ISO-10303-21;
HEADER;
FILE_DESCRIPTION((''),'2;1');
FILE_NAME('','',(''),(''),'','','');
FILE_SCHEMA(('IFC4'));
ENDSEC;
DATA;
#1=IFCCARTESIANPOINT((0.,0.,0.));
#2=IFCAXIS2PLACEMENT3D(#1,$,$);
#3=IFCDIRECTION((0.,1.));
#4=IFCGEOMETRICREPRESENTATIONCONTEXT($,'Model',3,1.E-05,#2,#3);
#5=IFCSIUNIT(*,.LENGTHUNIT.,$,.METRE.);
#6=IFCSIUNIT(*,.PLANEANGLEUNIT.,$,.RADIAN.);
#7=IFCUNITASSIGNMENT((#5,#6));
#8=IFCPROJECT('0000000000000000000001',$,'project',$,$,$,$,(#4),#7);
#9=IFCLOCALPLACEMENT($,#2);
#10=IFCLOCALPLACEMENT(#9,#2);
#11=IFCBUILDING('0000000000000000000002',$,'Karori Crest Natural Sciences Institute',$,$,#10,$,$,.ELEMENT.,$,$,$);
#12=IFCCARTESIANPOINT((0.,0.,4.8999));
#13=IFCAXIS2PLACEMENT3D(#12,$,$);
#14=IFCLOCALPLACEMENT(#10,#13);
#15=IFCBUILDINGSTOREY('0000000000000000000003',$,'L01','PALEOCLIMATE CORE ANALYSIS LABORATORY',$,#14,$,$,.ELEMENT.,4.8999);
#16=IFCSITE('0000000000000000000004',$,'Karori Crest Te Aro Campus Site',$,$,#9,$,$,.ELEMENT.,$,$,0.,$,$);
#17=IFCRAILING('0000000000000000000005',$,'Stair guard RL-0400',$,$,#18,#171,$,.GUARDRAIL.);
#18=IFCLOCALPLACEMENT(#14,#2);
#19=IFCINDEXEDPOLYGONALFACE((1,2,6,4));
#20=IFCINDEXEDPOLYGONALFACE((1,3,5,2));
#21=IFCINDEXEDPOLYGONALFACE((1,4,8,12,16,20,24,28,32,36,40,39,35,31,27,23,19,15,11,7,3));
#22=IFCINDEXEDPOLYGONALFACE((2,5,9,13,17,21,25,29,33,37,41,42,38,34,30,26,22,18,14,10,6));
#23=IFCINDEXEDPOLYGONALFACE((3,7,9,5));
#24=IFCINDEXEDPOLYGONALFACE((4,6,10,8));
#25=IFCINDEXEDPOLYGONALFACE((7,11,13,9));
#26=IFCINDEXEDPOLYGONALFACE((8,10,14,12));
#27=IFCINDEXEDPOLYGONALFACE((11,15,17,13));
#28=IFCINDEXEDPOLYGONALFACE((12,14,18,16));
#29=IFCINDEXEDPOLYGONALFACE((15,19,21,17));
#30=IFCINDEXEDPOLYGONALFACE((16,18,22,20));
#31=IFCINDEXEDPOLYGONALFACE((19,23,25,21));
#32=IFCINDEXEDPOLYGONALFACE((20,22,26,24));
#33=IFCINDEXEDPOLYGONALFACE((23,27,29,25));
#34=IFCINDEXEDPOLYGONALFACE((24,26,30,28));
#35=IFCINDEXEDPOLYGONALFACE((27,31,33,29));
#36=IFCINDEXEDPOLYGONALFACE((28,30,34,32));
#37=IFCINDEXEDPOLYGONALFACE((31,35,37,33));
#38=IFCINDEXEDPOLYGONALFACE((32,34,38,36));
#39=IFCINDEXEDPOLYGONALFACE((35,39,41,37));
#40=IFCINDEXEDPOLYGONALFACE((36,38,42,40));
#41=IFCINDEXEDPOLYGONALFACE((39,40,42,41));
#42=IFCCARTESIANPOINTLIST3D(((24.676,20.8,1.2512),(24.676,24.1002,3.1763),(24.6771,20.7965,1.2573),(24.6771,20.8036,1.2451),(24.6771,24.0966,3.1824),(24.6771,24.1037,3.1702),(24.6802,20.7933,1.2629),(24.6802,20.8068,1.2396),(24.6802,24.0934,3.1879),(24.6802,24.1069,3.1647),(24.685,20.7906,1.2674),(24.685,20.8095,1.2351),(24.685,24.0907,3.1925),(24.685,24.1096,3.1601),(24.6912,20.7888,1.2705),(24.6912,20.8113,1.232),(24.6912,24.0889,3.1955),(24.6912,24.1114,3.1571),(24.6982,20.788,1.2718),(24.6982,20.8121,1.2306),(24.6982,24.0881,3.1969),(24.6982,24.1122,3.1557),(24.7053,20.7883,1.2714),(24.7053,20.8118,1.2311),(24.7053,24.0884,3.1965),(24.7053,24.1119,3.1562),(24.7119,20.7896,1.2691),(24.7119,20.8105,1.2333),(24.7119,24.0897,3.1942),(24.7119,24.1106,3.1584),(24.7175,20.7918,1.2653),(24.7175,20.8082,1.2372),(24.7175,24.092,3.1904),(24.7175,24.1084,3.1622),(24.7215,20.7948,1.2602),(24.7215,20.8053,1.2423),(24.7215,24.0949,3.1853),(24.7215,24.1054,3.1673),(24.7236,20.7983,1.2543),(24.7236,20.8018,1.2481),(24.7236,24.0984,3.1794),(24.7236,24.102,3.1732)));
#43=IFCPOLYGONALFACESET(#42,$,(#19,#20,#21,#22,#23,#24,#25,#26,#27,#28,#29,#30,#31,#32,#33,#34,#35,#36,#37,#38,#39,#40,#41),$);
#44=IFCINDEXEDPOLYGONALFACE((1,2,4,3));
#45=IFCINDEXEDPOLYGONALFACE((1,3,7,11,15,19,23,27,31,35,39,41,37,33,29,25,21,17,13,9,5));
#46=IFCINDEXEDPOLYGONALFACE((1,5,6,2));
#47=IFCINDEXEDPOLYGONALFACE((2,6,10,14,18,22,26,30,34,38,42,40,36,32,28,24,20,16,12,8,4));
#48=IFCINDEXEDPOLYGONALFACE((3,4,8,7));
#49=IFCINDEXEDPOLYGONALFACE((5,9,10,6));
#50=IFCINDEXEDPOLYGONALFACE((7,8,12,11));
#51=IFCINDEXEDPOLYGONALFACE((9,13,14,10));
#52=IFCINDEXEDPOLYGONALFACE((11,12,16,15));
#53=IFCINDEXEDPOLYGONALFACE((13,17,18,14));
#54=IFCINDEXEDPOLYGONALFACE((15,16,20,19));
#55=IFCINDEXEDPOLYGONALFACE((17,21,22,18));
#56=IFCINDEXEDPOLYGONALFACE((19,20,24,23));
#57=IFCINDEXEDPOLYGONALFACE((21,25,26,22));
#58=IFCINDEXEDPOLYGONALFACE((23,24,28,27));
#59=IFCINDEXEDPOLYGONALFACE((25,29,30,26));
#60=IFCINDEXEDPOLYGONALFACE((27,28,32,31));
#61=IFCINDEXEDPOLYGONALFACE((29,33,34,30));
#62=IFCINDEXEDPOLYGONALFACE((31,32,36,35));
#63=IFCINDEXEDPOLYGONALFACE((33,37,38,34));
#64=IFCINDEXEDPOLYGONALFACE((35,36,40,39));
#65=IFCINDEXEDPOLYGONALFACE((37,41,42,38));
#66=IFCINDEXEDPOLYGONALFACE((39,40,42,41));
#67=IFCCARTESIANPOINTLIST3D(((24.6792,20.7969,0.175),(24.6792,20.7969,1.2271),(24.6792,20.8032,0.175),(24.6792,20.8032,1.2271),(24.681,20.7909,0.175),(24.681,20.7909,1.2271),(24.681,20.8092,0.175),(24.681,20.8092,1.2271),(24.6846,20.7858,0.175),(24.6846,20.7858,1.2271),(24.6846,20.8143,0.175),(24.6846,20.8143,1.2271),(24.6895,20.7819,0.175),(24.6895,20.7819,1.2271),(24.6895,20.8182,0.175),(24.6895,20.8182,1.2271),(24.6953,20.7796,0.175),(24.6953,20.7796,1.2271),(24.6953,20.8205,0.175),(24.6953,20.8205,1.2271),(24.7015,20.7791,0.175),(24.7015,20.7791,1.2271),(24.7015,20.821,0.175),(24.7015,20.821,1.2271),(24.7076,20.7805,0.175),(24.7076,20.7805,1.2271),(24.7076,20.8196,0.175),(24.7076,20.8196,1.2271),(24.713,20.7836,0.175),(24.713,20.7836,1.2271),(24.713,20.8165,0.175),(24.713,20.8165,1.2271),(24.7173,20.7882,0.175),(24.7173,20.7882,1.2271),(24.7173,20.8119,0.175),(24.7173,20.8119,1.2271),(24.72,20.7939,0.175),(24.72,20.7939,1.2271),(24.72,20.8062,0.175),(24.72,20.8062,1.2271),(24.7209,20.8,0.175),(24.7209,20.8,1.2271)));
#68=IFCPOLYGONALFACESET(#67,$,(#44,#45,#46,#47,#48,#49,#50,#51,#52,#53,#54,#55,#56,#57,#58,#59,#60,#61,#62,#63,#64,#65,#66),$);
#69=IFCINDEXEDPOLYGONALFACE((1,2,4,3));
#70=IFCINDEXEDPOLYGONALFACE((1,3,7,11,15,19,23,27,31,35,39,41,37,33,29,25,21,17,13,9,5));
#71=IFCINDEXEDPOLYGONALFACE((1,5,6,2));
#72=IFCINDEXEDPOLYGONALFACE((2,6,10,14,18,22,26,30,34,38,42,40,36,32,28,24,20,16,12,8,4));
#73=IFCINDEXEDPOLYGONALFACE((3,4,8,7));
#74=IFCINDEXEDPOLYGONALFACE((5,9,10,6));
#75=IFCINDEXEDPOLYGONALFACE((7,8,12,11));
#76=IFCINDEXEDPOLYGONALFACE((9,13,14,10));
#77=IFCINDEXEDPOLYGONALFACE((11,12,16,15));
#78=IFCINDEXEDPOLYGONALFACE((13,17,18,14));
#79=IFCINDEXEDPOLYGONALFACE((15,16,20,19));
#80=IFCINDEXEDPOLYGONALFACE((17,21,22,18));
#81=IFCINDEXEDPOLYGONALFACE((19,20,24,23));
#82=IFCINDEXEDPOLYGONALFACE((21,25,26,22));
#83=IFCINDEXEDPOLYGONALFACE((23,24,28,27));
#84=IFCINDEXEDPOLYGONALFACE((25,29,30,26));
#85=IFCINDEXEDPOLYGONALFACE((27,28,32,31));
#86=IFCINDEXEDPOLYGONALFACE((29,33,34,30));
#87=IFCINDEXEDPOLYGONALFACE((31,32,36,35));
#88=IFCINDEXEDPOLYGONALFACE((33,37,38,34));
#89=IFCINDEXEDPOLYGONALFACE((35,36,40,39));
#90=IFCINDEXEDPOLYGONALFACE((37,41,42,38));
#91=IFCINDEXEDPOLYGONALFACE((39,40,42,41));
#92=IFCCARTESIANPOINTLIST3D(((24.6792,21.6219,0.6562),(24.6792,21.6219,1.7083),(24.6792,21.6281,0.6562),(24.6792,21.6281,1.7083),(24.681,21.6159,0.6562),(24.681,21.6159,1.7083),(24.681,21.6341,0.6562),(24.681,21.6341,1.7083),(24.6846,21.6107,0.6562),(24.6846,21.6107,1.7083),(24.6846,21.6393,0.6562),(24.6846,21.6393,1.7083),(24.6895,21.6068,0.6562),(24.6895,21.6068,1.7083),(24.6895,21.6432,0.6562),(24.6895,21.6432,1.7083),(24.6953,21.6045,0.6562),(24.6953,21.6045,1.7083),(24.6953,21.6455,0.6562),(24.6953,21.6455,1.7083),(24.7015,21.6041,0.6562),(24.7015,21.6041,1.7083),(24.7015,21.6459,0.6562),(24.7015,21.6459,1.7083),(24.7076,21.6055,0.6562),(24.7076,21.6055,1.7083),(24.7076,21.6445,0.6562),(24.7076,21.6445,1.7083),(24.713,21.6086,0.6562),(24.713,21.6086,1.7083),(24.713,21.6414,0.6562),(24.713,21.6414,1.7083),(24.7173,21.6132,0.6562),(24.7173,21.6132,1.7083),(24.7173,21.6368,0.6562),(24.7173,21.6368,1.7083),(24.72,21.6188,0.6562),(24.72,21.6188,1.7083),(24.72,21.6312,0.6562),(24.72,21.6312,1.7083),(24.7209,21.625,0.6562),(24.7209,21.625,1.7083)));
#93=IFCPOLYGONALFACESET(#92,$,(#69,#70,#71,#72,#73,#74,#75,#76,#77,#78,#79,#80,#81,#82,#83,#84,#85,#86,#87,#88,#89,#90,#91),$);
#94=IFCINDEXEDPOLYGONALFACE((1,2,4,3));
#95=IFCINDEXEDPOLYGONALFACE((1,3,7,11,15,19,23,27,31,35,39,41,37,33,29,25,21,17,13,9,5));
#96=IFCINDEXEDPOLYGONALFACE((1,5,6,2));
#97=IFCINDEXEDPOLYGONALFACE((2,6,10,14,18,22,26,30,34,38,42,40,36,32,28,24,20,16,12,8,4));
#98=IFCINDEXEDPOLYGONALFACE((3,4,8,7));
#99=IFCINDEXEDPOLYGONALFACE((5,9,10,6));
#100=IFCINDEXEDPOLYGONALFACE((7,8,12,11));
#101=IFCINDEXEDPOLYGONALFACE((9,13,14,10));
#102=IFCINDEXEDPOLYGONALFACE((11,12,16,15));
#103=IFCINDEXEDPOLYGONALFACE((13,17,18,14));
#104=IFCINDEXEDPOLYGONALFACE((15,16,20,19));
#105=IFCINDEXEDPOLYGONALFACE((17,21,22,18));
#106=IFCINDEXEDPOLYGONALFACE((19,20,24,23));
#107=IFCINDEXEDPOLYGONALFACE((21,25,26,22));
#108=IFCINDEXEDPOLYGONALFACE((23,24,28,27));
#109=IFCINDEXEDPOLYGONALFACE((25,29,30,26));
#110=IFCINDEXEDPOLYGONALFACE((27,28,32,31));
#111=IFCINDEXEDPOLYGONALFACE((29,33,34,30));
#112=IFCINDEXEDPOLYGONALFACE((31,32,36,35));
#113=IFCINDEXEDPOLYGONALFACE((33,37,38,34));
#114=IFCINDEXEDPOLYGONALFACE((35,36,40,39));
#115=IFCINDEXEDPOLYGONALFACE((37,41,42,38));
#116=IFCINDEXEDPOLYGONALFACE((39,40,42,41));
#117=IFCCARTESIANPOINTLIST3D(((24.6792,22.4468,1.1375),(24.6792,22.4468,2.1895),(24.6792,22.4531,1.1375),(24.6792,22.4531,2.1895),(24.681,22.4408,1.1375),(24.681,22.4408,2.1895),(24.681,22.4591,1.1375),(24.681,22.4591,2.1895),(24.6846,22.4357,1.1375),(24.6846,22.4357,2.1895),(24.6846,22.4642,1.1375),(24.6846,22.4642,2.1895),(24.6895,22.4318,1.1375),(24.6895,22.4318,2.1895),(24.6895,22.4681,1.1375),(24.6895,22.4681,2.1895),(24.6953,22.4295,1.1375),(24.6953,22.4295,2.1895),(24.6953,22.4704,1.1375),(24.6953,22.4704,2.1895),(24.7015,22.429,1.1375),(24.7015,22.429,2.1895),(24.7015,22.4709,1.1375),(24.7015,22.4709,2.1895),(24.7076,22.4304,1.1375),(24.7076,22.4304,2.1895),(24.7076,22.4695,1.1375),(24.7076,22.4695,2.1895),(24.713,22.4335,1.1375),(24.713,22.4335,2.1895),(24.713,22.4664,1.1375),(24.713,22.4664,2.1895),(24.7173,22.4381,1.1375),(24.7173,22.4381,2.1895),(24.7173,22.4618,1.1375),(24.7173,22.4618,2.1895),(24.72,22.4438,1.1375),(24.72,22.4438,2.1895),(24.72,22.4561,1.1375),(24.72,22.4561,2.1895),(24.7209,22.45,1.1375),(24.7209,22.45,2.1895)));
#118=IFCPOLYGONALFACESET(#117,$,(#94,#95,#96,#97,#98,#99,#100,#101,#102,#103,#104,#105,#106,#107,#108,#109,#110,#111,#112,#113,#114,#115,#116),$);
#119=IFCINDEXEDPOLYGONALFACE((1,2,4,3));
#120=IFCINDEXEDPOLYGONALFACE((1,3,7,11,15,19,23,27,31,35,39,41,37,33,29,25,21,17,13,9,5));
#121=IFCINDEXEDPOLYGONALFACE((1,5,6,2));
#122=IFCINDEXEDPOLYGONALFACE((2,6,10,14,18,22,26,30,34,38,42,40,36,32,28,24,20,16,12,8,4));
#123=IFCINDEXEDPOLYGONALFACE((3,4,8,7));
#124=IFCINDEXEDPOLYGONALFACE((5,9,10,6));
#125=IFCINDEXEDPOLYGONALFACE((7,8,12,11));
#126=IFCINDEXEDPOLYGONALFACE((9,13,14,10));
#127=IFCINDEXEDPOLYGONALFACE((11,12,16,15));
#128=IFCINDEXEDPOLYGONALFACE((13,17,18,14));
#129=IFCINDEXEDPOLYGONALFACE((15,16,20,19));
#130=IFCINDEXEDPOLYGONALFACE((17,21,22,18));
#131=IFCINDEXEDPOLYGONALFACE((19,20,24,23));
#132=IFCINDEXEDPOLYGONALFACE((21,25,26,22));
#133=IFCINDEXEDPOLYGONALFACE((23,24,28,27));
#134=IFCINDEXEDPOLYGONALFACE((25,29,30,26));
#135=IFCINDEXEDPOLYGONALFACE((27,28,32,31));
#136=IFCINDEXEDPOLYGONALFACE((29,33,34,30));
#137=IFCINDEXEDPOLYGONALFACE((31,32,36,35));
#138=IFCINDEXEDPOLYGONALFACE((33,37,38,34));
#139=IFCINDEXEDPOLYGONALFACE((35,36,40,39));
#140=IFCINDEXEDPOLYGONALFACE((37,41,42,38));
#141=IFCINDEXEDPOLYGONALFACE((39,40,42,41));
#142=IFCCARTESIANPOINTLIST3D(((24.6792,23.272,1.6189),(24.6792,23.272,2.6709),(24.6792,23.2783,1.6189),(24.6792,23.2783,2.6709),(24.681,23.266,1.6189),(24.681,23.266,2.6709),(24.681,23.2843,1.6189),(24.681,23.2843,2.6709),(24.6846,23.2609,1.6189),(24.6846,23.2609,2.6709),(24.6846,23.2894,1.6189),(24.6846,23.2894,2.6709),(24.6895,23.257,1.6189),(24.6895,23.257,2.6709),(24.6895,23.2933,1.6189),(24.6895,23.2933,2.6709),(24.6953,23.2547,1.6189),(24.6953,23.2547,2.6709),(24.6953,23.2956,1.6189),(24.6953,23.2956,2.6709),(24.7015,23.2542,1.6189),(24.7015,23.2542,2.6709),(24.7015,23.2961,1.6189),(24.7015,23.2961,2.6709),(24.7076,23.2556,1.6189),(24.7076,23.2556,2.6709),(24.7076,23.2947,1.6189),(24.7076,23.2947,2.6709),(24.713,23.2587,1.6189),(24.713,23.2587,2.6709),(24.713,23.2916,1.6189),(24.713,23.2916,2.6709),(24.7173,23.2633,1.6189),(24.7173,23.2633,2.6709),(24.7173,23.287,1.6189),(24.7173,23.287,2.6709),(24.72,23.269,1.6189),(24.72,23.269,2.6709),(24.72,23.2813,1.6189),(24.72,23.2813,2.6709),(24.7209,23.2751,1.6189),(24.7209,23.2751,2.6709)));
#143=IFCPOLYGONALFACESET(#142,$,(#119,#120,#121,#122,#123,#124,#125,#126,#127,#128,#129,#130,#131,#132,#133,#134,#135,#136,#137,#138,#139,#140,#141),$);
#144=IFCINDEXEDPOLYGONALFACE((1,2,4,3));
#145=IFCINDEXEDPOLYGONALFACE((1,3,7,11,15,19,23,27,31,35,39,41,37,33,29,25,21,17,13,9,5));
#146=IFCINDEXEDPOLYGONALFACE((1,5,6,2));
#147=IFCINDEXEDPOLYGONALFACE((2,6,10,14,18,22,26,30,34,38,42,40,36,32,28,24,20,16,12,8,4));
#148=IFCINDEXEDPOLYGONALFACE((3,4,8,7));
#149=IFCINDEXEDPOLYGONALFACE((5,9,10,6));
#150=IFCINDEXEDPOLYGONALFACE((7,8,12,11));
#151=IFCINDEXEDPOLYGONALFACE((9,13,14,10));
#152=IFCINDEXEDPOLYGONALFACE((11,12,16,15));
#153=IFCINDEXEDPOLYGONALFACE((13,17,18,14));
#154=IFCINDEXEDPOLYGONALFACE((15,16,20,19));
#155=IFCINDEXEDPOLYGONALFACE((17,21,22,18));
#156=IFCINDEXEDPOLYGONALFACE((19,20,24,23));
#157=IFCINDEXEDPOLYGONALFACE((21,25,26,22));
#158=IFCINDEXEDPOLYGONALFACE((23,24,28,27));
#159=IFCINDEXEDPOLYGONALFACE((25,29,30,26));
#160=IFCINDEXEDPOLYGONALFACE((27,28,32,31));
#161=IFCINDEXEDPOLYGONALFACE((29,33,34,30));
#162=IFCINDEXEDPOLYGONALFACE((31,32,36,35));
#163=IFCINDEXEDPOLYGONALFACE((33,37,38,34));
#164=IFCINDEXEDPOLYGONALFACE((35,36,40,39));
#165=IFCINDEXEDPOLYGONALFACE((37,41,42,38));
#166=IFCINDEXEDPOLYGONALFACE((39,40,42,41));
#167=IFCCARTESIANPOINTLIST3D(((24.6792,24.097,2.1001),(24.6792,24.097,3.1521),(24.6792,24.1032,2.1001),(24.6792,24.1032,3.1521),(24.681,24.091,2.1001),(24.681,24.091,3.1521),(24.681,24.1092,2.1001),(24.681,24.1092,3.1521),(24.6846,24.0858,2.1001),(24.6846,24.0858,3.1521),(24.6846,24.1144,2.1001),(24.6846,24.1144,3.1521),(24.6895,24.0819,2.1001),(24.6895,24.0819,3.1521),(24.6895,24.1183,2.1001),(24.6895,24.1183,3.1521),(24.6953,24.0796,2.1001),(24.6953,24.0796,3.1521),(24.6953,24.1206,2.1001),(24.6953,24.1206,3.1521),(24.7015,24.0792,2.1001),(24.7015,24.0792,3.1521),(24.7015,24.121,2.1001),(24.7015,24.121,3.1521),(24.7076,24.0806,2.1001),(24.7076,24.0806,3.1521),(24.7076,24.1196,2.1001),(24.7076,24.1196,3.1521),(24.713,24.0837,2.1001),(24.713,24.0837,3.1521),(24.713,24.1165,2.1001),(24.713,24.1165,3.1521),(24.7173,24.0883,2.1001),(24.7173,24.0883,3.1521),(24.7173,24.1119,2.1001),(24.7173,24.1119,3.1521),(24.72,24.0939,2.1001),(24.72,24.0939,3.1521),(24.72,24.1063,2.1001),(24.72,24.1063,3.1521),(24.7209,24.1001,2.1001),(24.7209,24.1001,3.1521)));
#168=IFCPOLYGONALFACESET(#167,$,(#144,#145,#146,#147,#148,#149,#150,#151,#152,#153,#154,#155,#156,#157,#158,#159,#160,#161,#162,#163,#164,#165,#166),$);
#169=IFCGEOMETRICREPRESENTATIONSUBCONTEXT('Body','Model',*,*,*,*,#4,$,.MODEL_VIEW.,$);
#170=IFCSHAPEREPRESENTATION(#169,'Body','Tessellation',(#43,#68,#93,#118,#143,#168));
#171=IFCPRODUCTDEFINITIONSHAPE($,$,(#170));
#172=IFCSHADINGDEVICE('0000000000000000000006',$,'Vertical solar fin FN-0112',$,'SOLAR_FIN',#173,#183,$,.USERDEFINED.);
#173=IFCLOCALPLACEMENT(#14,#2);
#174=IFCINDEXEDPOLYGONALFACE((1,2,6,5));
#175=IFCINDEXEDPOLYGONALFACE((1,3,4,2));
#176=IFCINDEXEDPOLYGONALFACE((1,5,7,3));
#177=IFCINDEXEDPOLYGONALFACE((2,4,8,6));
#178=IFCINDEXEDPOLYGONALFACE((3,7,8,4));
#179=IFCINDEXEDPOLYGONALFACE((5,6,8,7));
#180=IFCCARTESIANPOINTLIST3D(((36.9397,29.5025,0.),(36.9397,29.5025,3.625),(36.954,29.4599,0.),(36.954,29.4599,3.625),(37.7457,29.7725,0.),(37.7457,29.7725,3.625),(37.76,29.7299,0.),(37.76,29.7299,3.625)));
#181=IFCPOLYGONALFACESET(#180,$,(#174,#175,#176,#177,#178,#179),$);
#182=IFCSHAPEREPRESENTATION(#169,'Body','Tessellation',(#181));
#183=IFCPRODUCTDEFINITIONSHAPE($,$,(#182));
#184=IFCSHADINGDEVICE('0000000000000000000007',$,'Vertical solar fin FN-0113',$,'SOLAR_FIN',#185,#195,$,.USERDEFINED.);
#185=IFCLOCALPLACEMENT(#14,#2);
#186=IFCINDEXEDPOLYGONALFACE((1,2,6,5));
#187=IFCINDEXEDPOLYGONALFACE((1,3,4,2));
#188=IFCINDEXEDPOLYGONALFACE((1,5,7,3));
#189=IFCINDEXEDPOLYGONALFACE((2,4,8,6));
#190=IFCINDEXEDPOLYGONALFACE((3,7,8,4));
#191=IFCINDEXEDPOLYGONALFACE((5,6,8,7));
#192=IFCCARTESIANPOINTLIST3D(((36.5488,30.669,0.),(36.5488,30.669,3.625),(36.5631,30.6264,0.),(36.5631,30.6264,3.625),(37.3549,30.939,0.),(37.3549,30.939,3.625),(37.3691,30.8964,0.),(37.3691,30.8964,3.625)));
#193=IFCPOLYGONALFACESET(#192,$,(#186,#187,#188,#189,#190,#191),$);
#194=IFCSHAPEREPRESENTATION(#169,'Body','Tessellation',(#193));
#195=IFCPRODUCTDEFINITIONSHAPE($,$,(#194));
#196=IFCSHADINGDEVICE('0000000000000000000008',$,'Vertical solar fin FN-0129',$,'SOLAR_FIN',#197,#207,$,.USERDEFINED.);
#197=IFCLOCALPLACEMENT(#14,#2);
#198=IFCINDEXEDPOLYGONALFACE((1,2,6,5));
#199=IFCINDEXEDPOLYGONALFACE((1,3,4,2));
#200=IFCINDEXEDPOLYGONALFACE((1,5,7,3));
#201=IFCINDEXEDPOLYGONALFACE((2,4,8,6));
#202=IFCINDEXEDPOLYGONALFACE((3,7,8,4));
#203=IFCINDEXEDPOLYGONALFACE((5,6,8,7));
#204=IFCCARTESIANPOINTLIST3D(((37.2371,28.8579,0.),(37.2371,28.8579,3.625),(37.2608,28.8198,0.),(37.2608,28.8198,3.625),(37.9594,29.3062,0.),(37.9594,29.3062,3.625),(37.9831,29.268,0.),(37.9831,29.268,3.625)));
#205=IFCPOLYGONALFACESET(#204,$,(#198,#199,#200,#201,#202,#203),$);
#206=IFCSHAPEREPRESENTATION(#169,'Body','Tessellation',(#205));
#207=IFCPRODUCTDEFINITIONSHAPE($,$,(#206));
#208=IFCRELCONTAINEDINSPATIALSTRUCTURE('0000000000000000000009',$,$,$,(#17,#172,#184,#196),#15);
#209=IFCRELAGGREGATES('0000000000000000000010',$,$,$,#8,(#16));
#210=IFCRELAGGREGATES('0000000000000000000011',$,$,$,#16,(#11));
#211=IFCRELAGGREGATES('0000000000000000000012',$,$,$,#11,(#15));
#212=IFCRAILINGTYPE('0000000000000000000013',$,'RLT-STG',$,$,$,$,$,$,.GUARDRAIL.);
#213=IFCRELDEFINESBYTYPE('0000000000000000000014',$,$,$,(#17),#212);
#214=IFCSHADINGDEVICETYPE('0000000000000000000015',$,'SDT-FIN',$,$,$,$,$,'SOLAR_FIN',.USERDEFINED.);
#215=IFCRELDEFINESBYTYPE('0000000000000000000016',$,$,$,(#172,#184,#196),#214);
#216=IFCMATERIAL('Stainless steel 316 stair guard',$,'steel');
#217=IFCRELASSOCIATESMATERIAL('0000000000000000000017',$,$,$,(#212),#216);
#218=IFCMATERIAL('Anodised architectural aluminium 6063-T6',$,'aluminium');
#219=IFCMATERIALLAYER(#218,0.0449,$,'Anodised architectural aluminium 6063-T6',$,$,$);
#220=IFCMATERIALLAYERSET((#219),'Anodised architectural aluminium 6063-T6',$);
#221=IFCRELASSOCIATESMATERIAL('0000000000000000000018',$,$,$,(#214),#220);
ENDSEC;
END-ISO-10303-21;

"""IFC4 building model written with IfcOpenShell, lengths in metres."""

from ifc_helpers import new_model, si_unit, direction, frame, origin, origin_2d, place, context, subcontext, project, spatial, rectangle, circle, extrude, material, layer, layer_set, type_object, element, save


model = new_model("IFC4")

# Units and contexts
model_context = context("Model", 3, precision=1e-05, world=origin(), true_north=direction((0.0, 1.0)))
body_context = subcontext(model_context, "Body", "Model", "MODEL_VIEW")
ifc_project = project(units=[si_unit("LENGTHUNIT", "METRE"), si_unit("PLANEANGLEUNIT", "RADIAN")], contexts=[model_context])

# Site, building, storey
site_placement = place(None, origin())
site = spatial("IfcSite", under=ifc_project, at=site_placement, Name="Karori Crest Te Aro Campus Site", CompositionType="ELEMENT", RefElevation=0.0)
building_placement = place(site_placement, origin())
building = spatial("IfcBuilding", under=site, at=building_placement, Name="Karori Crest Natural Sciences Institute", CompositionType="ELEMENT")
storey_placement = place(building_placement, frame((0.0, 0.0, 4.8999)))
storey = spatial("IfcBuildingStorey", under=building, at=storey_placement, Name="L01", Description="PALEOCLIMATE CORE ANALYSIS LABORATORY", CompositionType="ELEMENT", Elevation=4.8999)

# Shared definitions
ifc_material_1 = material(Name="Anodised architectural aluminium 6063-T6", Category="aluminium")

# Railing
ifc_material_2 = material(Name="Stainless steel 316 stair guard", Category="steel")
railing_type_1 = type_object("IfcRailingType", Name="RLT-STG", PredefinedType="GUARDRAIL", material=ifc_material_2)
railing_1_placement = place(storey_placement, frame((24.7, 20.8, 0.175)))
element("IfcRailing", 1, at=railing_1_placement, inside=storey, type_object=railing_type_1, Name="Stair guard RL-0400", PredefinedType="GUARDRAIL", context=body_context, shape_type="SweptSolid", body=[
    extrude(circle(Radius=0.0239, at=origin_2d()), frame((0.0, 0.0, 1.0762), z_axis=(0.0, 0.863777, 0.503875), x_axis=(-1.0, 0.0, 0.0)), (0.0, 0.0, 1.0), 3.8206),
    extrude(circle(Radius=0.021, at=origin_2d()), origin(), (0.0, 0.0, 1.0), 1.052),
    extrude(circle(Radius=0.021, at=origin_2d()), frame((0.0, 0.825, 0.4812)), (0.0, 0.0, 1.0), 1.052),
    extrude(circle(Radius=0.021, at=origin_2d()), frame((0.0, 1.6499, 0.9624)), (0.0, 0.0, 1.0), 1.052),
    extrude(circle(Radius=0.021, at=origin_2d()), frame((0.0, 2.4751, 1.4438)), (0.0, 0.0, 1.0), 1.052),
    extrude(circle(Radius=0.021, at=origin_2d()), frame((0.0, 3.3, 1.925)), (0.0, 0.0, 1.0), 1.052),
])

# Shading devices
ifc_layer_1 = layer(ifc_material_1, 0.0449, Name="Anodised architectural aluminium 6063-T6")
ifc_layer_set_1 = layer_set([ifc_layer_1], Name="Anodised architectural aluminium 6063-T6")
shading_device_type = type_object("IfcShadingDeviceType", Name="SDT-FIN", ElementType="SOLAR_FIN", PredefinedType="USERDEFINED", material=ifc_layer_set_1)
for number, where, z_axis, x_axis, name in (
    (2, (37.3499, 29.6162, 0.0), (0.0, 0.0, 1.0), (-0.948196, -0.317685, 0.0), "Vertical solar fin FN-0112"),
    (3, (36.959, 30.7827, 0.0), (0.0, 0.0, 1.0), (-0.948196, -0.317685, 0.0), "Vertical solar fin FN-0113"),
    (4, (37.6101, 29.063, 0.0), (0.0, 0.0, 1.0), (-0.849665, -0.527322, 0.0), "Vertical solar fin FN-0129"),
):
    element("IfcShadingDevice", number, at=place(storey_placement, frame(where, z_axis=z_axis, x_axis=x_axis)), inside=storey, type_object=shading_device_type, Name=name, ObjectType="SOLAR_FIN", PredefinedType="USERDEFINED", context=body_context, shape_type="SweptSolid", body=[
        extrude(rectangle(XDim=0.8501, YDim=0.0449, at=origin_2d()), origin(), (0.0, 0.0, 1.0), 3.625),
    ])

save(model, "model.ifc")
